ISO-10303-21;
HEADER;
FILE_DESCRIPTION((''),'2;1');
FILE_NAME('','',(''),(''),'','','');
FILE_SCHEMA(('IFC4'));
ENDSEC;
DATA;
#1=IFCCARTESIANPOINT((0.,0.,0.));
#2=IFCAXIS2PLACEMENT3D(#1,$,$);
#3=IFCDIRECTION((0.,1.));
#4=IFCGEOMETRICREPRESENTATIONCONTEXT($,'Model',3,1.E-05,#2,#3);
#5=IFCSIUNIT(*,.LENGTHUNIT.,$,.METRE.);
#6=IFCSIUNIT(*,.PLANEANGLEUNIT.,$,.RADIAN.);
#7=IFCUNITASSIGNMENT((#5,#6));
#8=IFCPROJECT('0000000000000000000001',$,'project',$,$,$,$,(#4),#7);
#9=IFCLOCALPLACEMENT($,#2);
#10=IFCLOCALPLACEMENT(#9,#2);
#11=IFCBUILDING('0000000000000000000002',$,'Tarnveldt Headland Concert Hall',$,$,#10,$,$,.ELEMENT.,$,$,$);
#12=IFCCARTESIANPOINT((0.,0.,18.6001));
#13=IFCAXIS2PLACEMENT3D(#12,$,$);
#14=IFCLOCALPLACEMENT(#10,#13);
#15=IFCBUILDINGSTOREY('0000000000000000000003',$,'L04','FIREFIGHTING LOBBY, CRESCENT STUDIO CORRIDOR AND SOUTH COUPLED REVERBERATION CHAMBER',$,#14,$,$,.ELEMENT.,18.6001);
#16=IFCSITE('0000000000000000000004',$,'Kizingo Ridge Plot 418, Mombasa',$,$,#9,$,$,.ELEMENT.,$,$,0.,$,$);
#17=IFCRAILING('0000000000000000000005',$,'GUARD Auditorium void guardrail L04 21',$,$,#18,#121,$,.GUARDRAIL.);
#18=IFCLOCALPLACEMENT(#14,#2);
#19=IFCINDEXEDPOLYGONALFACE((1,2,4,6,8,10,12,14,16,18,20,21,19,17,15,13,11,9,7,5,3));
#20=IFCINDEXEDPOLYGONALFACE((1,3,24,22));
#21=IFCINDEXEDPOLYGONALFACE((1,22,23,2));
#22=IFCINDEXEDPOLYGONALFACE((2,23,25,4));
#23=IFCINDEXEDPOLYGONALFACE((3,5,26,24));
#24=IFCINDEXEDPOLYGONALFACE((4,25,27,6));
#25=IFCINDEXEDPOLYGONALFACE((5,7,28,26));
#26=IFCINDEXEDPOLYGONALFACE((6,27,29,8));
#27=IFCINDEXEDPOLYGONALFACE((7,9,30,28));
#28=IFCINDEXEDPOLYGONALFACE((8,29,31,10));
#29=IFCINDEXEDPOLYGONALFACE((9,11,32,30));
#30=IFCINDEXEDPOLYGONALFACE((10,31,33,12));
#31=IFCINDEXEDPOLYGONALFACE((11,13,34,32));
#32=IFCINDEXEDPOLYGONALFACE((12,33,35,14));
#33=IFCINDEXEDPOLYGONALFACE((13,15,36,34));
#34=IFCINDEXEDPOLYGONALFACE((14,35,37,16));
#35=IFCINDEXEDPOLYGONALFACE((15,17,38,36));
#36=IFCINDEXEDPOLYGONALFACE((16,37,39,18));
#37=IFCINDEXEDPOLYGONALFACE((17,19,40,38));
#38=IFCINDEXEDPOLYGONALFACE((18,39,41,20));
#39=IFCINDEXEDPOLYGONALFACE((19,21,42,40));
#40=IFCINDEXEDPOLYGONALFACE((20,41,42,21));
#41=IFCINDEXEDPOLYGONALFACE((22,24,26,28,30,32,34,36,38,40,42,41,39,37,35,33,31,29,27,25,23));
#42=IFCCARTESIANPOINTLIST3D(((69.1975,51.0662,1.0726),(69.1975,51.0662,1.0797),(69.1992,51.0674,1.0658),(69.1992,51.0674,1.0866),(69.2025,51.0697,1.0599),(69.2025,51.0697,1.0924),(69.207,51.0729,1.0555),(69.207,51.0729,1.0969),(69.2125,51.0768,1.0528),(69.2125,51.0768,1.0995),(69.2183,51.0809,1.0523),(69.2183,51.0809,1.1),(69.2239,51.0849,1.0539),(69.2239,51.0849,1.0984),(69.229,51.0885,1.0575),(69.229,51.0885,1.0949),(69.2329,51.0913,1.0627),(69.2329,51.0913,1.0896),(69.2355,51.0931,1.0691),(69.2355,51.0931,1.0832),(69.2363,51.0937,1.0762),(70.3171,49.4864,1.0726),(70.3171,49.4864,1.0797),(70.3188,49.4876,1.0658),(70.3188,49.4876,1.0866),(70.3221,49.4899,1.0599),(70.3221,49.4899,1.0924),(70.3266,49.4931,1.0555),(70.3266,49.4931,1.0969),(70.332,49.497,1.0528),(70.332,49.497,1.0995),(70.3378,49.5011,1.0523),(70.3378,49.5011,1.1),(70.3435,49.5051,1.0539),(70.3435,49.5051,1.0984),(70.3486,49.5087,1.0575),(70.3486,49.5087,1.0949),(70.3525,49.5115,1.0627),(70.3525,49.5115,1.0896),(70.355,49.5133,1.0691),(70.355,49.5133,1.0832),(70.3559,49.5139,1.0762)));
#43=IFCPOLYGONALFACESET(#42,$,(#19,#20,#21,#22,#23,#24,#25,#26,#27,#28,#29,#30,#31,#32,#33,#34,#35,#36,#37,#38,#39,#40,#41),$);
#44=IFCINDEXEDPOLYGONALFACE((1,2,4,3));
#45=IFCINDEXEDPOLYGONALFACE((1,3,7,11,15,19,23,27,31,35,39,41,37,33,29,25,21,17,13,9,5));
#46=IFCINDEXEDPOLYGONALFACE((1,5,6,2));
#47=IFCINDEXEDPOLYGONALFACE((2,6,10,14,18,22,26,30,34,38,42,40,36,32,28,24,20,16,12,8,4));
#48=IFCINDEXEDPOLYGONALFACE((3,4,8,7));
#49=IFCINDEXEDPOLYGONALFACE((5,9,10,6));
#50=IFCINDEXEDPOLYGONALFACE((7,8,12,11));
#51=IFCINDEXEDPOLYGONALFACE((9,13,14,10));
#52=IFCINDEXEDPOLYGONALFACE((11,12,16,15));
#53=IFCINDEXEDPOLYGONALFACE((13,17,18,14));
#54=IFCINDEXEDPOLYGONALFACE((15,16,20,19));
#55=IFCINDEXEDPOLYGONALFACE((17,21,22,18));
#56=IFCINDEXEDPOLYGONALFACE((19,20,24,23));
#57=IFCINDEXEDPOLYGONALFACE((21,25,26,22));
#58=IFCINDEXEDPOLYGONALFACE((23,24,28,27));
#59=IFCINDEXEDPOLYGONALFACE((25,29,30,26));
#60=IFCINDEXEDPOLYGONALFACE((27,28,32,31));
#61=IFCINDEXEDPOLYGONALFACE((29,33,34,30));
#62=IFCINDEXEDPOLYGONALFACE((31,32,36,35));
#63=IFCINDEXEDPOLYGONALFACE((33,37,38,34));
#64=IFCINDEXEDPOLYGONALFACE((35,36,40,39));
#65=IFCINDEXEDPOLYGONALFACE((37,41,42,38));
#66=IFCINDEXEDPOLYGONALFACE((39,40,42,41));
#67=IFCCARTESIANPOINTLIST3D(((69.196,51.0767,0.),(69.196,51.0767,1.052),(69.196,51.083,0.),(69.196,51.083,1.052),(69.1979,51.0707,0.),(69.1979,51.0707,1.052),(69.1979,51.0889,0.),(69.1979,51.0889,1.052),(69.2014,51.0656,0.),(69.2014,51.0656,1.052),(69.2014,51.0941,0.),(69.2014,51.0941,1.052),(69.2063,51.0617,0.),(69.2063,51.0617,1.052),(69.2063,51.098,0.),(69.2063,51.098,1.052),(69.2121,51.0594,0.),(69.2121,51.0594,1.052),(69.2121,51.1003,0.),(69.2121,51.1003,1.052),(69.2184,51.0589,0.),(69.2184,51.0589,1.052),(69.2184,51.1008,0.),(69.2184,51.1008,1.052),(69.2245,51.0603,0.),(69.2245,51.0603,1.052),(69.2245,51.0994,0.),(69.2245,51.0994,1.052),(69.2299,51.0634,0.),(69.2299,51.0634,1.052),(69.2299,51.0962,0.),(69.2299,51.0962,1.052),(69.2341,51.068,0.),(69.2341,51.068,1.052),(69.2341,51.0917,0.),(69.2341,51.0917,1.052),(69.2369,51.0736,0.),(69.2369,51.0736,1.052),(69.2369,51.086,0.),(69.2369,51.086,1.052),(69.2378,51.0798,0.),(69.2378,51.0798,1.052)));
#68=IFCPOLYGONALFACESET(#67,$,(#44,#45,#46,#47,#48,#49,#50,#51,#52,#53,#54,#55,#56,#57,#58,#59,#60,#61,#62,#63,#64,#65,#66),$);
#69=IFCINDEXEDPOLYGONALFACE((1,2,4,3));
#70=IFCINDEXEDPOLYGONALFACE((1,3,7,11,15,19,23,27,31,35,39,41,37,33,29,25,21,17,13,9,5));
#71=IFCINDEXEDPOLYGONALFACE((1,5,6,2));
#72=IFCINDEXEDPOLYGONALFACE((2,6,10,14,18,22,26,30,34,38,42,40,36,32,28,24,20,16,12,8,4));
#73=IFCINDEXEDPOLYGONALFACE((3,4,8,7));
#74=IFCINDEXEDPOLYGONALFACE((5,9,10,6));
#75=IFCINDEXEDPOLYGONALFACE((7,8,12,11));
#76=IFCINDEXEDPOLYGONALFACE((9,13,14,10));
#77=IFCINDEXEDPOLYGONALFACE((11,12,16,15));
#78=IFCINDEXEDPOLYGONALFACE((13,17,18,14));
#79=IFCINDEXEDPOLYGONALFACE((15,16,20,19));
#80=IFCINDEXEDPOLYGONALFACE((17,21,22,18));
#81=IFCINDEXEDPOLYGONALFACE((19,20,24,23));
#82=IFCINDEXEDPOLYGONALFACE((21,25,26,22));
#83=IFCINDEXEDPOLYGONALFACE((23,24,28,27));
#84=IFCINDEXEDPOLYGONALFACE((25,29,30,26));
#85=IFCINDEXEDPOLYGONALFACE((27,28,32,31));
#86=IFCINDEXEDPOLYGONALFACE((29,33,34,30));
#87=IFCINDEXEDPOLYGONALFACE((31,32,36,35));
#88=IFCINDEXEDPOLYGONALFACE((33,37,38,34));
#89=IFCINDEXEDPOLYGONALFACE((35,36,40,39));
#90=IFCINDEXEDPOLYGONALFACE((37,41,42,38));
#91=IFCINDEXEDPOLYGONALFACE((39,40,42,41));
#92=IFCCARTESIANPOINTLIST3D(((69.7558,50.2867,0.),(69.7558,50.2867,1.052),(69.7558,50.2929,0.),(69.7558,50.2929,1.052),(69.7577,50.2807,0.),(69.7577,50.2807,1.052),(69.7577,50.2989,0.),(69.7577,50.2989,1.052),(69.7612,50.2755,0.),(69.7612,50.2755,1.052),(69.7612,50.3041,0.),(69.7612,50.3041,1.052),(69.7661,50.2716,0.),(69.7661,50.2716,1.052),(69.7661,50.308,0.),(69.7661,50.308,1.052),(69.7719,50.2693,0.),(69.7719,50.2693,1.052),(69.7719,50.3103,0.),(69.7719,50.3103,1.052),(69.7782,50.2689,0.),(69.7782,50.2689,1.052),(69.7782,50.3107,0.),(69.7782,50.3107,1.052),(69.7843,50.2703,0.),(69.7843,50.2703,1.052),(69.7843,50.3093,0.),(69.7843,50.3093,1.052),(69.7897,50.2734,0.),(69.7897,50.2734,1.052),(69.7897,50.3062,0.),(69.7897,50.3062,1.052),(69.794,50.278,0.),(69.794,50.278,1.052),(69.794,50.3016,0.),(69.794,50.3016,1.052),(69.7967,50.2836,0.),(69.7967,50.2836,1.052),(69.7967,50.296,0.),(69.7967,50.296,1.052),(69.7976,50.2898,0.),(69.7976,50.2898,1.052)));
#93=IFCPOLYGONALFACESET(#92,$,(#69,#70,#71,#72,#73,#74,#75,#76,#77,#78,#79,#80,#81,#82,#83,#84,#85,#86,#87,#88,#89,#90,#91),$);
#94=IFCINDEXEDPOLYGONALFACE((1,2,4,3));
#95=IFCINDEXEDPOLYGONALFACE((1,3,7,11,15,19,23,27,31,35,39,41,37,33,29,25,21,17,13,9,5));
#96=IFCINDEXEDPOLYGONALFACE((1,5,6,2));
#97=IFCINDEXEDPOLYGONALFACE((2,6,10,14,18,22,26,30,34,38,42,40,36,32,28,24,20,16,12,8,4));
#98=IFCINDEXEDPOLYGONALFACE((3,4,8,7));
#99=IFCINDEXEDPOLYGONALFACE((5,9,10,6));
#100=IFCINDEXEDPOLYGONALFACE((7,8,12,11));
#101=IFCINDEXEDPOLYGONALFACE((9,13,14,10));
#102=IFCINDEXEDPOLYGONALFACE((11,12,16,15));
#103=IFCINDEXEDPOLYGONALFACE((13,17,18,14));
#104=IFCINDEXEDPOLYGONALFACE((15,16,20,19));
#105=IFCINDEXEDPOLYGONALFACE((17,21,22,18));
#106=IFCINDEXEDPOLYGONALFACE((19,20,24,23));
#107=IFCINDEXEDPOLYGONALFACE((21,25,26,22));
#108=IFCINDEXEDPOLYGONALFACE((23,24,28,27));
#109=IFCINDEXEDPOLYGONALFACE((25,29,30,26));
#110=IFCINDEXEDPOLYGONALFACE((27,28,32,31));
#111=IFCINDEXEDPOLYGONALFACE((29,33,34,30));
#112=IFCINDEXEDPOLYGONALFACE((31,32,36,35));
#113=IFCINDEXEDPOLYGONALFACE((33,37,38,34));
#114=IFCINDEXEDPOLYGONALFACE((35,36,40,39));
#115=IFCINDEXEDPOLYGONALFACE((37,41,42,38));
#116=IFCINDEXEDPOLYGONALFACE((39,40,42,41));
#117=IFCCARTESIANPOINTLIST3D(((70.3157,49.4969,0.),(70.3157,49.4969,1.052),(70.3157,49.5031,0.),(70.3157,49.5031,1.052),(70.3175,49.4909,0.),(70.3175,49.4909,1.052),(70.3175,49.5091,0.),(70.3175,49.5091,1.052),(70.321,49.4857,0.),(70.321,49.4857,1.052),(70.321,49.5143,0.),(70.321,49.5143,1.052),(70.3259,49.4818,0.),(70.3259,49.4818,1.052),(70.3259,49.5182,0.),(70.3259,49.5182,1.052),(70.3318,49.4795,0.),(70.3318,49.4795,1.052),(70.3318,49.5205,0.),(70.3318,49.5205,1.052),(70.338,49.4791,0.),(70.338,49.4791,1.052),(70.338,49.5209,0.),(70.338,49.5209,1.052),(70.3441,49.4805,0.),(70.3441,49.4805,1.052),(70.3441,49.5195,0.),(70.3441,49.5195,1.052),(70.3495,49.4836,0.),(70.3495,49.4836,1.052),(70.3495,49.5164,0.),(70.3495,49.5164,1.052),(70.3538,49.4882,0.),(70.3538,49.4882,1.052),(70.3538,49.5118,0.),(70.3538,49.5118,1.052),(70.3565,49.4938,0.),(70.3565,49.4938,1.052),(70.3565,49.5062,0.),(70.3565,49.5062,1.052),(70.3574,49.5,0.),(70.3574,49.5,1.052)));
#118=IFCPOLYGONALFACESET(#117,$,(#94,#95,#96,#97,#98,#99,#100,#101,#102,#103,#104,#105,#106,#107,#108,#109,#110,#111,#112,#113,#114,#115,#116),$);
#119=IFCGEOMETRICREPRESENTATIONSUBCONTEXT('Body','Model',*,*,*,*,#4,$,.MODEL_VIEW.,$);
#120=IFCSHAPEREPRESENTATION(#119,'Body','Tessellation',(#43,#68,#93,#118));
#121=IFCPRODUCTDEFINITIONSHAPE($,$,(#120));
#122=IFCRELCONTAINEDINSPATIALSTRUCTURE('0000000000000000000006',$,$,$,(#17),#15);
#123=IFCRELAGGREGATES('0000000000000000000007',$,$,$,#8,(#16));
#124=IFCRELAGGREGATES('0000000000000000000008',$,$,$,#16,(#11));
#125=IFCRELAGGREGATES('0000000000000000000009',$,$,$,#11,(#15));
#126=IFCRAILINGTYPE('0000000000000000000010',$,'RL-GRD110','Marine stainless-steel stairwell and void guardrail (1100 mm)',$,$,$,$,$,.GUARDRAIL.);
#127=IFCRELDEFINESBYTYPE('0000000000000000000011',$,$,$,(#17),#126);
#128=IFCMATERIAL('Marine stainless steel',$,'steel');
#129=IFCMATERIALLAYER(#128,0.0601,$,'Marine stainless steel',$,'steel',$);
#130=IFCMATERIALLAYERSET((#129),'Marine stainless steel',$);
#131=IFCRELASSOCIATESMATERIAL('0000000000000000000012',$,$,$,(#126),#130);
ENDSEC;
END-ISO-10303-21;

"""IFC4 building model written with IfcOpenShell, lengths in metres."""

from ifc_helpers import new_model, si_unit, direction, frame, origin, origin_2d, place, context, subcontext, project, spatial, circle, extrude, material, layer, layer_set, type_object, element, save


model = new_model("IFC4")

# Units and contexts
model_context = context("Model", 3, precision=1e-05, world=origin(), true_north=direction((0.0, 1.0)))
body_context = subcontext(model_context, "Body", "Model", "MODEL_VIEW")
ifc_project = project(units=[si_unit("LENGTHUNIT", "METRE"), si_unit("PLANEANGLEUNIT", "RADIAN")], contexts=[model_context])

# Site, building, storey
site_placement = place(None, origin())
site = spatial("IfcSite", under=ifc_project, at=site_placement, Name="Kizingo Ridge Plot 418, Mombasa", CompositionType="ELEMENT", RefElevation=0.0)
building_placement = place(site_placement, origin())
building = spatial("IfcBuilding", under=site, at=building_placement, Name="Tarnveldt Headland Concert Hall", CompositionType="ELEMENT")
storey_placement = place(building_placement, frame((0.0, 0.0, 18.6001)))
storey = spatial("IfcBuildingStorey", under=building, at=storey_placement, Name="L04", Description="FIREFIGHTING LOBBY, CRESCENT STUDIO CORRIDOR AND SOUTH COUPLED REVERBERATION CHAMBER", CompositionType="ELEMENT", Elevation=18.6001)

# Railing
ifc_material_1 = material(Name="Marine stainless steel", Category="steel")
ifc_layer_1 = layer(ifc_material_1, 0.0601, Name="Marine stainless steel", Category="steel")
ifc_layer_set_1 = layer_set([ifc_layer_1], Name="Marine stainless steel")
railing_type_1 = type_object("IfcRailingType", Name="RL-GRD110", Description="Marine stainless-steel stairwell and void guardrail (1100 mm)", PredefinedType="GUARDRAIL", material=ifc_layer_set_1)
railing_1_placement = place(storey_placement, frame((69.2168, 51.0798, 0.0)))
element("IfcRailing", 1, at=railing_1_placement, inside=storey, type_object=railing_type_1, Name="GUARD Auditorium void guardrail L04 21", PredefinedType="GUARDRAIL", context=body_context, shape_type="SweptSolid", body=[
    extrude(circle(Radius=0.0239, at=origin_2d()), frame((0.0, 0.0, 1.0762), z_axis=(0.578217, -0.815883, 0.0), x_axis=(0.815883, 0.578217, 0.0)), (0.0, 0.0, 1.0), 1.9363),
    extrude(circle(Radius=0.021, at=origin_2d()), origin(), (0.0, 0.0, 1.0), 1.052),
    extrude(circle(Radius=0.021, at=origin_2d()), frame((0.5598, -0.79, 0.0)), (0.0, 0.0, 1.0), 1.052),
    extrude(circle(Radius=0.021, at=origin_2d()), frame((1.1196, -1.5798, 0.0)), (0.0, 0.0, 1.0), 1.052),
])

save(model, "model.ifc")
